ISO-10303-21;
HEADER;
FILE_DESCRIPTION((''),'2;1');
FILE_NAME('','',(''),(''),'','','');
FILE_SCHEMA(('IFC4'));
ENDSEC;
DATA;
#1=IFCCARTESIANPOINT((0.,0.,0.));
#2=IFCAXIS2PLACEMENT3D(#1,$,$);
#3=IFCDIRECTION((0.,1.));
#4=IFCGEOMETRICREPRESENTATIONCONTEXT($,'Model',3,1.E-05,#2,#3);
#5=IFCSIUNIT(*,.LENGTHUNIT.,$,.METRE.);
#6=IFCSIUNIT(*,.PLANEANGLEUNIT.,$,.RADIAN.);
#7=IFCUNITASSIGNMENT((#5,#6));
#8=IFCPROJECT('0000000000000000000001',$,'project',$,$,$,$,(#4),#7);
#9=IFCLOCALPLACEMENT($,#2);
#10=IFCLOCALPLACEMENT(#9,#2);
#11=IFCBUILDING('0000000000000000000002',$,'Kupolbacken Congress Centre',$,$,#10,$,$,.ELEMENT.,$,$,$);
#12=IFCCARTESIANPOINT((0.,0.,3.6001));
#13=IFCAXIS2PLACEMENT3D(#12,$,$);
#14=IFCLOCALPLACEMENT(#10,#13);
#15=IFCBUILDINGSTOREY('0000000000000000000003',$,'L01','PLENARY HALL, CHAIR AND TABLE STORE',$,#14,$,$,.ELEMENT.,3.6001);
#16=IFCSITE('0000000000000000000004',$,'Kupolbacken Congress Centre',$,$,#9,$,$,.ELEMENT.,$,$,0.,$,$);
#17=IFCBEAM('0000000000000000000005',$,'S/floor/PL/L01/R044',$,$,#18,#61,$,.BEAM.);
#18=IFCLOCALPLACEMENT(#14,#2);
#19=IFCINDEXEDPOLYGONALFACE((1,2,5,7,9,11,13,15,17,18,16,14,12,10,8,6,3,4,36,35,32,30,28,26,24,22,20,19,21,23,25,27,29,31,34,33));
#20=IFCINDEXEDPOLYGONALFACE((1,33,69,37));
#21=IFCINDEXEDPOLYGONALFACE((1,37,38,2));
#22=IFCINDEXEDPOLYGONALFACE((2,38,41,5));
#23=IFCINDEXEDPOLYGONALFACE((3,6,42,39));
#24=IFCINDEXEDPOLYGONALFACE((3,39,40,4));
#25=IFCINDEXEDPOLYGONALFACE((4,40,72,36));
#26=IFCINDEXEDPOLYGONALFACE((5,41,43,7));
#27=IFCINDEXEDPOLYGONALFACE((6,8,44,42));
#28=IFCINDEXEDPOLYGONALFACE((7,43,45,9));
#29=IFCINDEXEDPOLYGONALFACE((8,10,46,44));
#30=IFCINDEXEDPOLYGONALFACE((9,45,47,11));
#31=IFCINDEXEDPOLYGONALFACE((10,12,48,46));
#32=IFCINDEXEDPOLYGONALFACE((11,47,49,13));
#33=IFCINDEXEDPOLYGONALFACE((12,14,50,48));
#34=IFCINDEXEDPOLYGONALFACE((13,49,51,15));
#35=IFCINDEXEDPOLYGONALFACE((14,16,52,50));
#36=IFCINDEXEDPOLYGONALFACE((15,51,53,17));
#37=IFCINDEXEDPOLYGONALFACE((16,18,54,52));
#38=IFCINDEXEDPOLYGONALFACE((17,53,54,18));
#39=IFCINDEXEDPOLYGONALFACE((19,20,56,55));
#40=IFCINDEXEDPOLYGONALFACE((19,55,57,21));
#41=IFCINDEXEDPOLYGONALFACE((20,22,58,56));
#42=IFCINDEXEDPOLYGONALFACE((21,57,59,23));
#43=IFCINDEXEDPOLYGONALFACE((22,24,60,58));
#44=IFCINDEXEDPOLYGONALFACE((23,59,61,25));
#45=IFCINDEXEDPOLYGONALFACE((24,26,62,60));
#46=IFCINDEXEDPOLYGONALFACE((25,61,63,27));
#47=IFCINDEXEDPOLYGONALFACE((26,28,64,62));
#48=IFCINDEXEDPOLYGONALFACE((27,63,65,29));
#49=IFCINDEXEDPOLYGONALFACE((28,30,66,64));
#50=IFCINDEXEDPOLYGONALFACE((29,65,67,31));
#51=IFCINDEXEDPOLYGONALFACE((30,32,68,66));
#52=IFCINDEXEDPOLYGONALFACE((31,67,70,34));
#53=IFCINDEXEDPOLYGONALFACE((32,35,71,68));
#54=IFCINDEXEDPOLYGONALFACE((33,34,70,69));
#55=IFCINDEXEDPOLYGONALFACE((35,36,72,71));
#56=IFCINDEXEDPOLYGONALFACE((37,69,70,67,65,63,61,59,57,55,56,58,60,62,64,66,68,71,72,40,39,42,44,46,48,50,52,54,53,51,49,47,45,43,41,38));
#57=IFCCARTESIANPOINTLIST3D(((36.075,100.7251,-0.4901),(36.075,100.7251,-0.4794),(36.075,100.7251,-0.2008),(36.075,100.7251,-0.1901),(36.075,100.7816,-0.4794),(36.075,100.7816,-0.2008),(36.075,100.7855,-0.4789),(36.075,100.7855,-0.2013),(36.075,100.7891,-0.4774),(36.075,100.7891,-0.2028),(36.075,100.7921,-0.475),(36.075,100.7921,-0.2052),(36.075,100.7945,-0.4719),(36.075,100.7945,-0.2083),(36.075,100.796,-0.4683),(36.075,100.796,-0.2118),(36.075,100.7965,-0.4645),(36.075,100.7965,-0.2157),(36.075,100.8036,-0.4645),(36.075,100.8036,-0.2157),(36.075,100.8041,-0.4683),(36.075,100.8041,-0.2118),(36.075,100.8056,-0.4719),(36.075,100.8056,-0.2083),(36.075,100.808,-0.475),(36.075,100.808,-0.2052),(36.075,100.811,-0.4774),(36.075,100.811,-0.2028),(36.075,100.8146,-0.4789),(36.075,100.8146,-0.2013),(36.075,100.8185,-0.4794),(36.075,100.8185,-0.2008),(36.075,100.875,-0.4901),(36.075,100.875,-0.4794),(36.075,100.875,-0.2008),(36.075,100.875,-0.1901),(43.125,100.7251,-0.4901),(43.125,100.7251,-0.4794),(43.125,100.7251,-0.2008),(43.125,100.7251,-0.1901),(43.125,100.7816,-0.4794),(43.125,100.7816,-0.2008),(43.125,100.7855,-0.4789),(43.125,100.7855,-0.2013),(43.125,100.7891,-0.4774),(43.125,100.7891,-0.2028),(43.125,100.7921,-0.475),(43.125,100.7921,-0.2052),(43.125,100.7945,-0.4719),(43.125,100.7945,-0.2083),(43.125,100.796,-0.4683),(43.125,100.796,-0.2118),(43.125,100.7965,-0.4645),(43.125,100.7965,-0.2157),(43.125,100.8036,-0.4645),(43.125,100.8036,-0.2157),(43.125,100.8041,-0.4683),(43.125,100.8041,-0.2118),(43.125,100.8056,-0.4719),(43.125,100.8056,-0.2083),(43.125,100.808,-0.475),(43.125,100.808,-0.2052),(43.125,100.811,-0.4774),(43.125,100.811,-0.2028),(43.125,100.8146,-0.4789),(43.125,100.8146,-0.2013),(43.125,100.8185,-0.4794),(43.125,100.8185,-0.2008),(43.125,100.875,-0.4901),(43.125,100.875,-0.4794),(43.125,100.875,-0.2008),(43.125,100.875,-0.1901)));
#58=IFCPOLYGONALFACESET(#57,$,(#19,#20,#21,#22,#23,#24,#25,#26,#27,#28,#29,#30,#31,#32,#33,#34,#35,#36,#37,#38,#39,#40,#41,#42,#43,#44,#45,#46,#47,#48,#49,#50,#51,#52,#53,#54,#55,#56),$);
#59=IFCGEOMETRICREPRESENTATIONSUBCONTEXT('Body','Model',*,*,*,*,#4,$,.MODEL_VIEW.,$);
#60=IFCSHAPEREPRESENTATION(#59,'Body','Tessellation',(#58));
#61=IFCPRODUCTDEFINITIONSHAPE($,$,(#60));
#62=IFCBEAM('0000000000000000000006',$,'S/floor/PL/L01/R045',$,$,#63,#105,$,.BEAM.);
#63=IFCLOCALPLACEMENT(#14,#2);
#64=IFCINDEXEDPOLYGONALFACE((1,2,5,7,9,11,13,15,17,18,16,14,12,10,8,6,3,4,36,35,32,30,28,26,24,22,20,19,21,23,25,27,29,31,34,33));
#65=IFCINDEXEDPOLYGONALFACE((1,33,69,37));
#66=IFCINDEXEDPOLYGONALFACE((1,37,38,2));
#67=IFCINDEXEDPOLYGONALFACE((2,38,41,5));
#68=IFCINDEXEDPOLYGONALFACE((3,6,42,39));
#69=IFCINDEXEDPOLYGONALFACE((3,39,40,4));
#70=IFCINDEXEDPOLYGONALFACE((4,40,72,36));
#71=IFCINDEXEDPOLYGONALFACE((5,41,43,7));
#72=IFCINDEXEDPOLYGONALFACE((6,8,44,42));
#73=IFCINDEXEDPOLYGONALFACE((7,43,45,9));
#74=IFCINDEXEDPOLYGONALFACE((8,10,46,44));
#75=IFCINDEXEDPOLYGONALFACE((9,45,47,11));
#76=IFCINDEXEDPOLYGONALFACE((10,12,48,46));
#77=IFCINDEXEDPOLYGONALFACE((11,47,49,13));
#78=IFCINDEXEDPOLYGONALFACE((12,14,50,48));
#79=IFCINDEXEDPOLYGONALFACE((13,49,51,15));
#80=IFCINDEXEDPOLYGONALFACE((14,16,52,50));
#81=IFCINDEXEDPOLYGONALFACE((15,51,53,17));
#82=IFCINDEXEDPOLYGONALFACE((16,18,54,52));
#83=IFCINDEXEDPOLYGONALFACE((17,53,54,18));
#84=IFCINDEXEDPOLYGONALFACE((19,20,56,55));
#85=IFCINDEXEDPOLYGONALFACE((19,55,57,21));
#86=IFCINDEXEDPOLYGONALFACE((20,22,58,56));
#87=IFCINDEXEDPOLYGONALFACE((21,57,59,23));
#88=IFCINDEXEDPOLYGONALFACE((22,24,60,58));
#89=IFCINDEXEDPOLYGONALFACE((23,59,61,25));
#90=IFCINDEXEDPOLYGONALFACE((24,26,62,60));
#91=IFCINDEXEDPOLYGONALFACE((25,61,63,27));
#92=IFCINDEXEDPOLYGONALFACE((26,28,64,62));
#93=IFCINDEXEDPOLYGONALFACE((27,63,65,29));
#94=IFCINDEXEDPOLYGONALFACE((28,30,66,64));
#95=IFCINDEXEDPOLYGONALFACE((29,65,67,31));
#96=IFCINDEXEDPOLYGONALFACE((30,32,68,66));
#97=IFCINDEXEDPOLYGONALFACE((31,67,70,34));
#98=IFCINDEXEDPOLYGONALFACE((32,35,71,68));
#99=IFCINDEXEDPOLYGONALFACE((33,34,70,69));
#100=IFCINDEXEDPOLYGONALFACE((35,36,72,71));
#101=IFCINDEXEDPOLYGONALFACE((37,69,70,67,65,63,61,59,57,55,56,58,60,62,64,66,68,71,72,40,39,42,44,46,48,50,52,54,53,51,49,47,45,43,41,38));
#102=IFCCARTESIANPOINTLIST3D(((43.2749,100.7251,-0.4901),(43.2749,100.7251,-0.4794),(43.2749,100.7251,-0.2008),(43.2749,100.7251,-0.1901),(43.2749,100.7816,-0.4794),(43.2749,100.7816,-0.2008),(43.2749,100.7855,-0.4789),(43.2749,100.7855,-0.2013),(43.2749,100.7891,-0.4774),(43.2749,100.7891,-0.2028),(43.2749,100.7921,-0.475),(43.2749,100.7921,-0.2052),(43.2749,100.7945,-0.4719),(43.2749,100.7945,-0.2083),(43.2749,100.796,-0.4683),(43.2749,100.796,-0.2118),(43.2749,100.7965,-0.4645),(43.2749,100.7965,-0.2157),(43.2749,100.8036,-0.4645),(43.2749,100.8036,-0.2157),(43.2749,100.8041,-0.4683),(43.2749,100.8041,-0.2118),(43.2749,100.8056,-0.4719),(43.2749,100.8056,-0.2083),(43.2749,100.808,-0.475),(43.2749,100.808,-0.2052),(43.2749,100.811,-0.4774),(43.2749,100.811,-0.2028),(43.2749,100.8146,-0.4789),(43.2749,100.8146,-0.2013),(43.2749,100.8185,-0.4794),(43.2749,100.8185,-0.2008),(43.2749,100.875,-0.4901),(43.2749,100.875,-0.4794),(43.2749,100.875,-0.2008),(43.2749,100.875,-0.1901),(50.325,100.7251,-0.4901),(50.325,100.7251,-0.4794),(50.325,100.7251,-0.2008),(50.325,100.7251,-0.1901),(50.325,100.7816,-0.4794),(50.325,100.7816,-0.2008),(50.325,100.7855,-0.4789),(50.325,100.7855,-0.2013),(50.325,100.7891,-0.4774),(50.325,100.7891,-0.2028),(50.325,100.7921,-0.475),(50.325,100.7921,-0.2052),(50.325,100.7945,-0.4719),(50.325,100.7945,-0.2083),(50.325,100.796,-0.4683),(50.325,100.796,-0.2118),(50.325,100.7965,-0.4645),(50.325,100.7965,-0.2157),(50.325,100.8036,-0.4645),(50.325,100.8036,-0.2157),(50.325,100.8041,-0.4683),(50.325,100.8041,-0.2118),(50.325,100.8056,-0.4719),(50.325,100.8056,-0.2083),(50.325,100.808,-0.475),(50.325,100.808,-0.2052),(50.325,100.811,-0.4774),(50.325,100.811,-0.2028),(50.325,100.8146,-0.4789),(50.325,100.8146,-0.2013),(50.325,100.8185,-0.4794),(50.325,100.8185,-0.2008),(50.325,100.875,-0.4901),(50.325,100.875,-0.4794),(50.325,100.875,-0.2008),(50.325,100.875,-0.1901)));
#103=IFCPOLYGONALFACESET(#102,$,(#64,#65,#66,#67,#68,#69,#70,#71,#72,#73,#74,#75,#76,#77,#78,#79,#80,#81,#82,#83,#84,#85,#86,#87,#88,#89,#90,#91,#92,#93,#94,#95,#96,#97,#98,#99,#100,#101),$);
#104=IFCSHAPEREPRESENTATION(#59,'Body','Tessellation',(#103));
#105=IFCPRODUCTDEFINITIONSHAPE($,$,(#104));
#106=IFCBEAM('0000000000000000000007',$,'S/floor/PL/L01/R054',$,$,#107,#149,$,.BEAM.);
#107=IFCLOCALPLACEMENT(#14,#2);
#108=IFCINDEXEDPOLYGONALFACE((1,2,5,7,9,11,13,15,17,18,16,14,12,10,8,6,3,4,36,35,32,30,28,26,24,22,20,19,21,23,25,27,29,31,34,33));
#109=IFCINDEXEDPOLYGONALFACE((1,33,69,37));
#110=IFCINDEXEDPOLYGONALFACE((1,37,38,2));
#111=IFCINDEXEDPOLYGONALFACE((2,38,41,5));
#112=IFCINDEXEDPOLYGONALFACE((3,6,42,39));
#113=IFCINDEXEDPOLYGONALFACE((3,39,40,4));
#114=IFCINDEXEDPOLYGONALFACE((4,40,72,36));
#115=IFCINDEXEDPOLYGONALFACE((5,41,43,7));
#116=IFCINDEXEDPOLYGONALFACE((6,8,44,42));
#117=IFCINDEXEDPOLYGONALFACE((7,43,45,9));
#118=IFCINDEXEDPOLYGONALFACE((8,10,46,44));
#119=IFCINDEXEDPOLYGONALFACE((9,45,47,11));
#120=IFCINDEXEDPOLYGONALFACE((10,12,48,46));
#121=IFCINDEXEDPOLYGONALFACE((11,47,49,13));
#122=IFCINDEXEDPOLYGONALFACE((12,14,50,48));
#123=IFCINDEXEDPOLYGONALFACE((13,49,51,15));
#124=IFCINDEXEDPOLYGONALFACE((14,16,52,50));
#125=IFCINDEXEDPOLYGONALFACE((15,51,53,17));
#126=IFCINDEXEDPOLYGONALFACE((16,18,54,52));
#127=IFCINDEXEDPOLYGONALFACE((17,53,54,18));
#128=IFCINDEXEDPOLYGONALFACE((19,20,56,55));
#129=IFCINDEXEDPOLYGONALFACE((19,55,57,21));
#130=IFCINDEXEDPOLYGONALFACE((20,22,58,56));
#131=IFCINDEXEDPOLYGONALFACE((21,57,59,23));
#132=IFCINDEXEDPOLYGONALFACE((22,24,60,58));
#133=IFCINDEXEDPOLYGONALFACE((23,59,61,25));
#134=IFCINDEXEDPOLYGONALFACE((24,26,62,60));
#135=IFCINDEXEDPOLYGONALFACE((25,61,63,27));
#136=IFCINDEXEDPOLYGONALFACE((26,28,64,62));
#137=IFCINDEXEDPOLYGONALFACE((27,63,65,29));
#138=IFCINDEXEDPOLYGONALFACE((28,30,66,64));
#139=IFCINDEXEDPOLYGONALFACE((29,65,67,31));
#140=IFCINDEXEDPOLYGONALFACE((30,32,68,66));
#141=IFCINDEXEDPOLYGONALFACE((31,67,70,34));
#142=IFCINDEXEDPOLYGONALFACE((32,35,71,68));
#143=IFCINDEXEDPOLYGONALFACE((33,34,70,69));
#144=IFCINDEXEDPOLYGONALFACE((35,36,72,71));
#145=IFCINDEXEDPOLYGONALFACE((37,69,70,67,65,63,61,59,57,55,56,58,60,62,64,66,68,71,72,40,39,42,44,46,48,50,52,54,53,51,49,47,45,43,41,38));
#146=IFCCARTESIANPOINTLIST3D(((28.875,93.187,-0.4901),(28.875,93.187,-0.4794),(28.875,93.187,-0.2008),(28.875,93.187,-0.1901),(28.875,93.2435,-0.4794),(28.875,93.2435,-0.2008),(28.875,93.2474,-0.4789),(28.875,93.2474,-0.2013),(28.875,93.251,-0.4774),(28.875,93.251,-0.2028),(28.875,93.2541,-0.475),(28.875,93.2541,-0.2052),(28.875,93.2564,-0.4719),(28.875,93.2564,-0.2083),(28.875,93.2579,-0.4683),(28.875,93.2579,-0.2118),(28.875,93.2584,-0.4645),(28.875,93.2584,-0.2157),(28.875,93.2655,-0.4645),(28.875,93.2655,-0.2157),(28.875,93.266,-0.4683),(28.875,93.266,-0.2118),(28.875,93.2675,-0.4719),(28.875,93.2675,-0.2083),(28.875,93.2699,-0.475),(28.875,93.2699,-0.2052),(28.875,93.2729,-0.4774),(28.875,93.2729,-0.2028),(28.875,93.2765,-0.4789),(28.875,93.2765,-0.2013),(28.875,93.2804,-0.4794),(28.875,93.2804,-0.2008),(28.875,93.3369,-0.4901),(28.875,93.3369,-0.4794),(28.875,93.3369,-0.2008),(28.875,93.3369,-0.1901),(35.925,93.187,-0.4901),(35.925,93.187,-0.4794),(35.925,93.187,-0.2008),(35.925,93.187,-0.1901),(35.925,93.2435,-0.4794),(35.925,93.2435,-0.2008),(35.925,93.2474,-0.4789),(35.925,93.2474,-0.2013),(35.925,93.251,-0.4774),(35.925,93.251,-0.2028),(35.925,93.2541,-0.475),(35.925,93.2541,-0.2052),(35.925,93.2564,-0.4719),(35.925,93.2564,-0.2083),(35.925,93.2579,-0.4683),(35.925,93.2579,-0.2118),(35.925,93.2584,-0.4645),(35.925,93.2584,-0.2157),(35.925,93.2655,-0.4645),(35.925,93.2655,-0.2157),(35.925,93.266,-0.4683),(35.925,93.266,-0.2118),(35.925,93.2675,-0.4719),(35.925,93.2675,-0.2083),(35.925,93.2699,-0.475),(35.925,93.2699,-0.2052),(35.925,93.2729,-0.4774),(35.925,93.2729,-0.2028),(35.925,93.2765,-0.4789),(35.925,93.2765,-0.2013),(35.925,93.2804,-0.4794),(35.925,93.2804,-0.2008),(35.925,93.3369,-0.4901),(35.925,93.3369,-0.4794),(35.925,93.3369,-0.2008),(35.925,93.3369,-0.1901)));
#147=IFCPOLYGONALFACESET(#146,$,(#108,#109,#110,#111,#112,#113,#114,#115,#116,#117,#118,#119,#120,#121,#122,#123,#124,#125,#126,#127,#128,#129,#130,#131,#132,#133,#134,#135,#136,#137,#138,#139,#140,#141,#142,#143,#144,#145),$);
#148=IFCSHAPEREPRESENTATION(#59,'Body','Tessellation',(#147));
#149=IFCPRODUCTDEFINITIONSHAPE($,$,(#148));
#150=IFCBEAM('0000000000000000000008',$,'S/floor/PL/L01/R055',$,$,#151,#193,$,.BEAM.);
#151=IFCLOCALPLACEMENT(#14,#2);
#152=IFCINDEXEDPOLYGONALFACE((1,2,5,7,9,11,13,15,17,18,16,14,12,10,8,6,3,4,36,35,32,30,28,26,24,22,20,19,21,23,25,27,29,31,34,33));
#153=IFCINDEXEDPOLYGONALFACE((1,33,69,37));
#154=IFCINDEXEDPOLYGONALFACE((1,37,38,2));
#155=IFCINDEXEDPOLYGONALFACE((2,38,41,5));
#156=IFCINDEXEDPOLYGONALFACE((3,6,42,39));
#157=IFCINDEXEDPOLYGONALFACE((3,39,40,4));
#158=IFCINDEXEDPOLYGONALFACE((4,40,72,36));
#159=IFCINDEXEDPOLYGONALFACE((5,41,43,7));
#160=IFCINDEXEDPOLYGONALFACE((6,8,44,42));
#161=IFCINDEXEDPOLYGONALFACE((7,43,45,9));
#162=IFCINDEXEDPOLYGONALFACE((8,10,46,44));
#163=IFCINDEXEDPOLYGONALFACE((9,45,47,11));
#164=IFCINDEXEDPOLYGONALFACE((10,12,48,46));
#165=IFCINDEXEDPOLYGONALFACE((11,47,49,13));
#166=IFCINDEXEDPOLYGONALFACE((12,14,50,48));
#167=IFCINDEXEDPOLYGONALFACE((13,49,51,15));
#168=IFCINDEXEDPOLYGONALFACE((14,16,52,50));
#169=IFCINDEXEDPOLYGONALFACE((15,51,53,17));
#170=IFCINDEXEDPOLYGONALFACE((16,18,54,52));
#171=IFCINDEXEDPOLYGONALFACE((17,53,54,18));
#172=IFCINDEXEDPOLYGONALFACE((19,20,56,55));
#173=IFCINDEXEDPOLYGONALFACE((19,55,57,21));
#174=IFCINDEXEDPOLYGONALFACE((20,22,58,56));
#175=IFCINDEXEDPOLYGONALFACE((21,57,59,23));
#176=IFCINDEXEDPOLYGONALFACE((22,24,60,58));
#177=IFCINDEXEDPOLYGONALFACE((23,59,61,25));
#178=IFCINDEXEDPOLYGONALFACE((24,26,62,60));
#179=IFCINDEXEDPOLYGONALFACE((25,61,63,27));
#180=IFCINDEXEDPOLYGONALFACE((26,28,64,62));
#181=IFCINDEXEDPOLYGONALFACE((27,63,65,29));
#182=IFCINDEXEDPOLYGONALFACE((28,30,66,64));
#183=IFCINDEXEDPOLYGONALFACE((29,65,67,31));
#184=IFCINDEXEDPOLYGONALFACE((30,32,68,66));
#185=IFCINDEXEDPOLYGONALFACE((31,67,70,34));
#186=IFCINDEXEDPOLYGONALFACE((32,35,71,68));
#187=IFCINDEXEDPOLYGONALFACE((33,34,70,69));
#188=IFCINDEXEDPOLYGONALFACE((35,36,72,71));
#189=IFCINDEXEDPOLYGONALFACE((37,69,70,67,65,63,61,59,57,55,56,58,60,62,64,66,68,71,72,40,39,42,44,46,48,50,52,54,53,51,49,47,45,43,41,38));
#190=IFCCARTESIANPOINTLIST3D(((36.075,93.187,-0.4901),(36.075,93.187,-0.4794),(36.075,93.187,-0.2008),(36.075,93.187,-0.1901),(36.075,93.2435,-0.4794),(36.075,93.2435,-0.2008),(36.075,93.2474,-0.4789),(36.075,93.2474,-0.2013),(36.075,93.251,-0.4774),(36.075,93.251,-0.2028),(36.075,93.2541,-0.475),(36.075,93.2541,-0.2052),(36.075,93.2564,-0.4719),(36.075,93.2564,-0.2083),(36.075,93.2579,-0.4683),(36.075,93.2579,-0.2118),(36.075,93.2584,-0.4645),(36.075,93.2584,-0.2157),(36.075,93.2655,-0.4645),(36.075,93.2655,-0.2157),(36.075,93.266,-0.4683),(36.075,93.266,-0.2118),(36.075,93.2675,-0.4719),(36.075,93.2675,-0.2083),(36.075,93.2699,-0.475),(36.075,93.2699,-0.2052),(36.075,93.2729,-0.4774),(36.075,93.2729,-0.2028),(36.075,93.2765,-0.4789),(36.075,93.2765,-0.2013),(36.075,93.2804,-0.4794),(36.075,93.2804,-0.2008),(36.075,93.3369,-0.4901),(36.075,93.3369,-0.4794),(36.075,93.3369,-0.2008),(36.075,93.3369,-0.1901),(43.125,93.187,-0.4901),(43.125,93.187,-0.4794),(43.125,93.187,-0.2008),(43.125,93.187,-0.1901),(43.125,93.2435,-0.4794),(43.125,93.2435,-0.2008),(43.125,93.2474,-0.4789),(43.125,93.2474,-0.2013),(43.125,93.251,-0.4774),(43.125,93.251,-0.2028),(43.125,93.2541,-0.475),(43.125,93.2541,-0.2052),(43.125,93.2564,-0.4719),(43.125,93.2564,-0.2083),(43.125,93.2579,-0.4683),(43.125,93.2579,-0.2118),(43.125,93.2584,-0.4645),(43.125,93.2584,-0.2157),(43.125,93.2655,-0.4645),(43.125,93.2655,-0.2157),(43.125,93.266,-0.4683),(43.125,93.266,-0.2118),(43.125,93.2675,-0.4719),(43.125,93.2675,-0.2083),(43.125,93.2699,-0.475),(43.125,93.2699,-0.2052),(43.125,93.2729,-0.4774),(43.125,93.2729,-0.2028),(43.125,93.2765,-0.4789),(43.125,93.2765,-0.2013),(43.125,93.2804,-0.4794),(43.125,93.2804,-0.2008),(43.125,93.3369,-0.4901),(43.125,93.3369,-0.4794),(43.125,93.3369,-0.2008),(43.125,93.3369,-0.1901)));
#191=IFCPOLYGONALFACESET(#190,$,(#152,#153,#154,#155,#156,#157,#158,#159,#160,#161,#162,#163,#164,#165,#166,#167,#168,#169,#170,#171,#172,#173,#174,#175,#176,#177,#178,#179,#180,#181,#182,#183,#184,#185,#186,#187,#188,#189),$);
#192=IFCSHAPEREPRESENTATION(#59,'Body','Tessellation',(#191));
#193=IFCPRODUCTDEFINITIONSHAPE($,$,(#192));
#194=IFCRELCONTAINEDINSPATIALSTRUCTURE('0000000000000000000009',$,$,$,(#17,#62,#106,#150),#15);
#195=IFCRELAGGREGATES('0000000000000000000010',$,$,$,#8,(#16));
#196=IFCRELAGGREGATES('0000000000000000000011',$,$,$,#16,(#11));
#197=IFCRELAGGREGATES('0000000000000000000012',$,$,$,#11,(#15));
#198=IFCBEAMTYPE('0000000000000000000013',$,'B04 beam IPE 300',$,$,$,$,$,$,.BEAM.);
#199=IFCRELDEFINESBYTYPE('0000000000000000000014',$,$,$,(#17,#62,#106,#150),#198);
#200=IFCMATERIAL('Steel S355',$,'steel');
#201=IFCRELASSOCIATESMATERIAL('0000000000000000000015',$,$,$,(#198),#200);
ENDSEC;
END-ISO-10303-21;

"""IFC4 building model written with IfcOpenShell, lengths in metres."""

from ifc_helpers import new_model, si_unit, direction, frame, origin, origin_2d, place, context, subcontext, project, spatial, i_section, extrude, material, material_profile, profile_set, type_object, element, save


model = new_model("IFC4")

# Units and contexts
model_context = context("Model", 3, precision=1e-05, world=origin(), true_north=direction((0.0, 1.0)))
body_context = subcontext(model_context, "Body", "Model", "MODEL_VIEW")
ifc_project = project(units=[si_unit("LENGTHUNIT", "METRE"), si_unit("PLANEANGLEUNIT", "RADIAN")], contexts=[model_context])

# Site, building, storey
site_placement = place(None, origin())
site = spatial("IfcSite", under=ifc_project, at=site_placement, Name="Kupolbacken Congress Centre", CompositionType="ELEMENT", RefElevation=0.0)
building_placement = place(site_placement, origin())
building = spatial("IfcBuilding", under=site, at=building_placement, Name="Kupolbacken Congress Centre", CompositionType="ELEMENT")
storey_placement = place(building_placement, frame((0.0, 0.0, 3.6001)))
storey = spatial("IfcBuildingStorey", under=building, at=storey_placement, Name="L01", Description="PLENARY HALL, CHAIR AND TABLE STORE", CompositionType="ELEMENT", Elevation=3.6001)

# Beams
ifc_material_1 = material(Name="Steel S355", Category="steel")
ifc_material_profile_1 = material_profile(ifc_material_1, i_section(OverallWidth=0.1499, OverallDepth=0.3, WebThickness=0.0071, FlangeThickness=0.0107, FilletRadius=0.0149, at=origin_2d()), Name="IPE 300")
ifc_profile_set_1 = profile_set([ifc_material_profile_1], Name="Steel S355")
beam_type_1 = type_object("IfcBeamType", Name="B04 beam IPE 300", PredefinedType="BEAM", material=ifc_profile_set_1)
for number, where, z_axis, x_axis, name in (
    (1, (36.075, 100.8, -0.3401), (1.0, 0.0, 0.0), (0.0, 1.0, 0.0), "S/floor/PL/L01/R044"),
    (2, (43.2749, 100.8, -0.3401), (1.0, 0.0, 0.0), (0.0, 1.0, 0.0), "S/floor/PL/L01/R045"),
    (3, (28.875, 93.262, -0.3401), (1.0, 0.0, 0.0), (0.0, 1.0, 0.0), "S/floor/PL/L01/R054"),
    (4, (36.075, 93.262, -0.3401), (1.0, 0.0, 0.0), (0.0, 1.0, 0.0), "S/floor/PL/L01/R055"),
):
    element("IfcBeam", number, at=place(storey_placement, frame(where, z_axis=z_axis, x_axis=x_axis)), inside=storey, type_object=beam_type_1, Name=name, PredefinedType="BEAM", context=body_context, shape_type="SweptSolid", body=[
        extrude(i_section(OverallWidth=0.1499, OverallDepth=0.3, WebThickness=0.0071, FlangeThickness=0.0107, FilletRadius=0.0149, at=origin_2d()), origin(), (0.0, 0.0, 1.0), 7.05),
    ])

save(model, "model.ifc")
